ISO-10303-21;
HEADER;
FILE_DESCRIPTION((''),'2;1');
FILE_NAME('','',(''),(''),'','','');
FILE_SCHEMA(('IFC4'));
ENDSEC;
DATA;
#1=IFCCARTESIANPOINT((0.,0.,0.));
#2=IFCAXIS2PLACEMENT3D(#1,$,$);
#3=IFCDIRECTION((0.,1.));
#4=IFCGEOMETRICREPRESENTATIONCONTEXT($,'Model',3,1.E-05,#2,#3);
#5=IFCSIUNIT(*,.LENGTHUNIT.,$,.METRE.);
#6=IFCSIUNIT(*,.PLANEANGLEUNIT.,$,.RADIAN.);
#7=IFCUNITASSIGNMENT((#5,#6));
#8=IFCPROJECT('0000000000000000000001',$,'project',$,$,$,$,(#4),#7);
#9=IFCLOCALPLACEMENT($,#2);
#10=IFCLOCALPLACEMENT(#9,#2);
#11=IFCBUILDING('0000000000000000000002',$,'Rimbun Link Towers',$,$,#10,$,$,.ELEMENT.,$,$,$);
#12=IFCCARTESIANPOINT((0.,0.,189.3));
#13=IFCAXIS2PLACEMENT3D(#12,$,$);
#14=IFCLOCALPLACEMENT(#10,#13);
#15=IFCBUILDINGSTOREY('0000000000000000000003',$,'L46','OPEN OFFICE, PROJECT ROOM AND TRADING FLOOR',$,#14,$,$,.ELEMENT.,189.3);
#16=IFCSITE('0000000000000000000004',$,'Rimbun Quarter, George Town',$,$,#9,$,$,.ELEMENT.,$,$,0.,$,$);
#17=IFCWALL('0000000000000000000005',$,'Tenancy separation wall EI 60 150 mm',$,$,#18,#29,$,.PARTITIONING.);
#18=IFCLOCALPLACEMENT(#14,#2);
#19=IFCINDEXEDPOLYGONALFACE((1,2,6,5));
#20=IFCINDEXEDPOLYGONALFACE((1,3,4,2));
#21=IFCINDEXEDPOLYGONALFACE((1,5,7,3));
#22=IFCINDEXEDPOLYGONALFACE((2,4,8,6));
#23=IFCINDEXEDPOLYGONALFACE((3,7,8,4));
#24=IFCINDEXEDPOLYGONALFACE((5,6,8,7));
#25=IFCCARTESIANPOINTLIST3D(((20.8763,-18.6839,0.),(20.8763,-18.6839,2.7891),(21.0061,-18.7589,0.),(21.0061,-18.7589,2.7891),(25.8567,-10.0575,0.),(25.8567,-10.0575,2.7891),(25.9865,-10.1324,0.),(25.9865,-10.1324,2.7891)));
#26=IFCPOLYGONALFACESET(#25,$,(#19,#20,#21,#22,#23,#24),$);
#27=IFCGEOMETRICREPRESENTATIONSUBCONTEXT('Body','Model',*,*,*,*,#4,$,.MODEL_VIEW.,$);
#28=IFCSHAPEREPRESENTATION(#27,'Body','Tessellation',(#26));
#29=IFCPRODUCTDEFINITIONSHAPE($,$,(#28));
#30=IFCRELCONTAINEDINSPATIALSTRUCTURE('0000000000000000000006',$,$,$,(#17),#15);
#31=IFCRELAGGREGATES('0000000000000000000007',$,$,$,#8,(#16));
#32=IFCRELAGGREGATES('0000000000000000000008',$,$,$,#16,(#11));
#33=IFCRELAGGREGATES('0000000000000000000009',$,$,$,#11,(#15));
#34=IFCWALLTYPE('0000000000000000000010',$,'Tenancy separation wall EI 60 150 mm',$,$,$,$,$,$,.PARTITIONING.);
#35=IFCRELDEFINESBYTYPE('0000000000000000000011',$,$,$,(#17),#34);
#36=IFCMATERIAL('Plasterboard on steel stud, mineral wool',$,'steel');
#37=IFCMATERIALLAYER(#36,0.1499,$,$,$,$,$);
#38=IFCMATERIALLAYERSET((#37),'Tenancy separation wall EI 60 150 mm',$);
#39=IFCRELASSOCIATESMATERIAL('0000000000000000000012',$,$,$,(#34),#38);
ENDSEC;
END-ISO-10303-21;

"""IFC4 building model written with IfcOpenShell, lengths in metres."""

from ifc_helpers import new_model, si_unit, direction, frame, frame_2d, origin, place, context, subcontext, project, spatial, rectangle, extrude, material, layer, layer_set, type_object, element, save


model = new_model("IFC4")

# Units and contexts
model_context = context("Model", 3, precision=1e-05, world=origin(), true_north=direction((0.0, 1.0)))
body_context = subcontext(model_context, "Body", "Model", "MODEL_VIEW")
ifc_project = project(units=[si_unit("LENGTHUNIT", "METRE"), si_unit("PLANEANGLEUNIT", "RADIAN")], contexts=[model_context])

# Site, building, storey
site_placement = place(None, origin())
site = spatial("IfcSite", under=ifc_project, at=site_placement, Name="Rimbun Quarter, George Town", CompositionType="ELEMENT", RefElevation=0.0)
building_placement = place(site_placement, origin())
building = spatial("IfcBuilding", under=site, at=building_placement, Name="Rimbun Link Towers", CompositionType="ELEMENT")
storey_placement = place(building_placement, frame((0.0, 0.0, 189.3)))
storey = spatial("IfcBuildingStorey", under=building, at=storey_placement, Name="L46", Description="OPEN OFFICE, PROJECT ROOM AND TRADING FLOOR", CompositionType="ELEMENT", Elevation=189.3)

# Wall
ifc_material_1 = material(Name="Plasterboard on steel stud, mineral wool", Category="steel")
ifc_layer_1 = layer(ifc_material_1, 0.1499)
ifc_layer_set_1 = layer_set([ifc_layer_1], Name="Tenancy separation wall EI 60 150 mm")
wall_type_1 = type_object("IfcWallType", Name="Tenancy separation wall EI 60 150 mm", PredefinedType="PARTITIONING", material=ifc_layer_set_1)
wall_1_placement = place(storey_placement, frame((25.9216, -10.095, 0.0), z_axis=(0.0, 0.0, 1.0), x_axis=(-0.499998, -0.866026, 0.0)))
element("IfcWall", 1, at=wall_1_placement, inside=storey, type_object=wall_type_1, Name="Tenancy separation wall EI 60 150 mm", PredefinedType="PARTITIONING", context=body_context, shape_type="SweptSolid", body=[
    extrude(rectangle(XDim=9.9609, YDim=0.1499, at=frame_2d((4.9805, 0.0))), origin(), (0.0, 0.0, 1.0), 2.7891),
])

save(model, "model.ifc")
